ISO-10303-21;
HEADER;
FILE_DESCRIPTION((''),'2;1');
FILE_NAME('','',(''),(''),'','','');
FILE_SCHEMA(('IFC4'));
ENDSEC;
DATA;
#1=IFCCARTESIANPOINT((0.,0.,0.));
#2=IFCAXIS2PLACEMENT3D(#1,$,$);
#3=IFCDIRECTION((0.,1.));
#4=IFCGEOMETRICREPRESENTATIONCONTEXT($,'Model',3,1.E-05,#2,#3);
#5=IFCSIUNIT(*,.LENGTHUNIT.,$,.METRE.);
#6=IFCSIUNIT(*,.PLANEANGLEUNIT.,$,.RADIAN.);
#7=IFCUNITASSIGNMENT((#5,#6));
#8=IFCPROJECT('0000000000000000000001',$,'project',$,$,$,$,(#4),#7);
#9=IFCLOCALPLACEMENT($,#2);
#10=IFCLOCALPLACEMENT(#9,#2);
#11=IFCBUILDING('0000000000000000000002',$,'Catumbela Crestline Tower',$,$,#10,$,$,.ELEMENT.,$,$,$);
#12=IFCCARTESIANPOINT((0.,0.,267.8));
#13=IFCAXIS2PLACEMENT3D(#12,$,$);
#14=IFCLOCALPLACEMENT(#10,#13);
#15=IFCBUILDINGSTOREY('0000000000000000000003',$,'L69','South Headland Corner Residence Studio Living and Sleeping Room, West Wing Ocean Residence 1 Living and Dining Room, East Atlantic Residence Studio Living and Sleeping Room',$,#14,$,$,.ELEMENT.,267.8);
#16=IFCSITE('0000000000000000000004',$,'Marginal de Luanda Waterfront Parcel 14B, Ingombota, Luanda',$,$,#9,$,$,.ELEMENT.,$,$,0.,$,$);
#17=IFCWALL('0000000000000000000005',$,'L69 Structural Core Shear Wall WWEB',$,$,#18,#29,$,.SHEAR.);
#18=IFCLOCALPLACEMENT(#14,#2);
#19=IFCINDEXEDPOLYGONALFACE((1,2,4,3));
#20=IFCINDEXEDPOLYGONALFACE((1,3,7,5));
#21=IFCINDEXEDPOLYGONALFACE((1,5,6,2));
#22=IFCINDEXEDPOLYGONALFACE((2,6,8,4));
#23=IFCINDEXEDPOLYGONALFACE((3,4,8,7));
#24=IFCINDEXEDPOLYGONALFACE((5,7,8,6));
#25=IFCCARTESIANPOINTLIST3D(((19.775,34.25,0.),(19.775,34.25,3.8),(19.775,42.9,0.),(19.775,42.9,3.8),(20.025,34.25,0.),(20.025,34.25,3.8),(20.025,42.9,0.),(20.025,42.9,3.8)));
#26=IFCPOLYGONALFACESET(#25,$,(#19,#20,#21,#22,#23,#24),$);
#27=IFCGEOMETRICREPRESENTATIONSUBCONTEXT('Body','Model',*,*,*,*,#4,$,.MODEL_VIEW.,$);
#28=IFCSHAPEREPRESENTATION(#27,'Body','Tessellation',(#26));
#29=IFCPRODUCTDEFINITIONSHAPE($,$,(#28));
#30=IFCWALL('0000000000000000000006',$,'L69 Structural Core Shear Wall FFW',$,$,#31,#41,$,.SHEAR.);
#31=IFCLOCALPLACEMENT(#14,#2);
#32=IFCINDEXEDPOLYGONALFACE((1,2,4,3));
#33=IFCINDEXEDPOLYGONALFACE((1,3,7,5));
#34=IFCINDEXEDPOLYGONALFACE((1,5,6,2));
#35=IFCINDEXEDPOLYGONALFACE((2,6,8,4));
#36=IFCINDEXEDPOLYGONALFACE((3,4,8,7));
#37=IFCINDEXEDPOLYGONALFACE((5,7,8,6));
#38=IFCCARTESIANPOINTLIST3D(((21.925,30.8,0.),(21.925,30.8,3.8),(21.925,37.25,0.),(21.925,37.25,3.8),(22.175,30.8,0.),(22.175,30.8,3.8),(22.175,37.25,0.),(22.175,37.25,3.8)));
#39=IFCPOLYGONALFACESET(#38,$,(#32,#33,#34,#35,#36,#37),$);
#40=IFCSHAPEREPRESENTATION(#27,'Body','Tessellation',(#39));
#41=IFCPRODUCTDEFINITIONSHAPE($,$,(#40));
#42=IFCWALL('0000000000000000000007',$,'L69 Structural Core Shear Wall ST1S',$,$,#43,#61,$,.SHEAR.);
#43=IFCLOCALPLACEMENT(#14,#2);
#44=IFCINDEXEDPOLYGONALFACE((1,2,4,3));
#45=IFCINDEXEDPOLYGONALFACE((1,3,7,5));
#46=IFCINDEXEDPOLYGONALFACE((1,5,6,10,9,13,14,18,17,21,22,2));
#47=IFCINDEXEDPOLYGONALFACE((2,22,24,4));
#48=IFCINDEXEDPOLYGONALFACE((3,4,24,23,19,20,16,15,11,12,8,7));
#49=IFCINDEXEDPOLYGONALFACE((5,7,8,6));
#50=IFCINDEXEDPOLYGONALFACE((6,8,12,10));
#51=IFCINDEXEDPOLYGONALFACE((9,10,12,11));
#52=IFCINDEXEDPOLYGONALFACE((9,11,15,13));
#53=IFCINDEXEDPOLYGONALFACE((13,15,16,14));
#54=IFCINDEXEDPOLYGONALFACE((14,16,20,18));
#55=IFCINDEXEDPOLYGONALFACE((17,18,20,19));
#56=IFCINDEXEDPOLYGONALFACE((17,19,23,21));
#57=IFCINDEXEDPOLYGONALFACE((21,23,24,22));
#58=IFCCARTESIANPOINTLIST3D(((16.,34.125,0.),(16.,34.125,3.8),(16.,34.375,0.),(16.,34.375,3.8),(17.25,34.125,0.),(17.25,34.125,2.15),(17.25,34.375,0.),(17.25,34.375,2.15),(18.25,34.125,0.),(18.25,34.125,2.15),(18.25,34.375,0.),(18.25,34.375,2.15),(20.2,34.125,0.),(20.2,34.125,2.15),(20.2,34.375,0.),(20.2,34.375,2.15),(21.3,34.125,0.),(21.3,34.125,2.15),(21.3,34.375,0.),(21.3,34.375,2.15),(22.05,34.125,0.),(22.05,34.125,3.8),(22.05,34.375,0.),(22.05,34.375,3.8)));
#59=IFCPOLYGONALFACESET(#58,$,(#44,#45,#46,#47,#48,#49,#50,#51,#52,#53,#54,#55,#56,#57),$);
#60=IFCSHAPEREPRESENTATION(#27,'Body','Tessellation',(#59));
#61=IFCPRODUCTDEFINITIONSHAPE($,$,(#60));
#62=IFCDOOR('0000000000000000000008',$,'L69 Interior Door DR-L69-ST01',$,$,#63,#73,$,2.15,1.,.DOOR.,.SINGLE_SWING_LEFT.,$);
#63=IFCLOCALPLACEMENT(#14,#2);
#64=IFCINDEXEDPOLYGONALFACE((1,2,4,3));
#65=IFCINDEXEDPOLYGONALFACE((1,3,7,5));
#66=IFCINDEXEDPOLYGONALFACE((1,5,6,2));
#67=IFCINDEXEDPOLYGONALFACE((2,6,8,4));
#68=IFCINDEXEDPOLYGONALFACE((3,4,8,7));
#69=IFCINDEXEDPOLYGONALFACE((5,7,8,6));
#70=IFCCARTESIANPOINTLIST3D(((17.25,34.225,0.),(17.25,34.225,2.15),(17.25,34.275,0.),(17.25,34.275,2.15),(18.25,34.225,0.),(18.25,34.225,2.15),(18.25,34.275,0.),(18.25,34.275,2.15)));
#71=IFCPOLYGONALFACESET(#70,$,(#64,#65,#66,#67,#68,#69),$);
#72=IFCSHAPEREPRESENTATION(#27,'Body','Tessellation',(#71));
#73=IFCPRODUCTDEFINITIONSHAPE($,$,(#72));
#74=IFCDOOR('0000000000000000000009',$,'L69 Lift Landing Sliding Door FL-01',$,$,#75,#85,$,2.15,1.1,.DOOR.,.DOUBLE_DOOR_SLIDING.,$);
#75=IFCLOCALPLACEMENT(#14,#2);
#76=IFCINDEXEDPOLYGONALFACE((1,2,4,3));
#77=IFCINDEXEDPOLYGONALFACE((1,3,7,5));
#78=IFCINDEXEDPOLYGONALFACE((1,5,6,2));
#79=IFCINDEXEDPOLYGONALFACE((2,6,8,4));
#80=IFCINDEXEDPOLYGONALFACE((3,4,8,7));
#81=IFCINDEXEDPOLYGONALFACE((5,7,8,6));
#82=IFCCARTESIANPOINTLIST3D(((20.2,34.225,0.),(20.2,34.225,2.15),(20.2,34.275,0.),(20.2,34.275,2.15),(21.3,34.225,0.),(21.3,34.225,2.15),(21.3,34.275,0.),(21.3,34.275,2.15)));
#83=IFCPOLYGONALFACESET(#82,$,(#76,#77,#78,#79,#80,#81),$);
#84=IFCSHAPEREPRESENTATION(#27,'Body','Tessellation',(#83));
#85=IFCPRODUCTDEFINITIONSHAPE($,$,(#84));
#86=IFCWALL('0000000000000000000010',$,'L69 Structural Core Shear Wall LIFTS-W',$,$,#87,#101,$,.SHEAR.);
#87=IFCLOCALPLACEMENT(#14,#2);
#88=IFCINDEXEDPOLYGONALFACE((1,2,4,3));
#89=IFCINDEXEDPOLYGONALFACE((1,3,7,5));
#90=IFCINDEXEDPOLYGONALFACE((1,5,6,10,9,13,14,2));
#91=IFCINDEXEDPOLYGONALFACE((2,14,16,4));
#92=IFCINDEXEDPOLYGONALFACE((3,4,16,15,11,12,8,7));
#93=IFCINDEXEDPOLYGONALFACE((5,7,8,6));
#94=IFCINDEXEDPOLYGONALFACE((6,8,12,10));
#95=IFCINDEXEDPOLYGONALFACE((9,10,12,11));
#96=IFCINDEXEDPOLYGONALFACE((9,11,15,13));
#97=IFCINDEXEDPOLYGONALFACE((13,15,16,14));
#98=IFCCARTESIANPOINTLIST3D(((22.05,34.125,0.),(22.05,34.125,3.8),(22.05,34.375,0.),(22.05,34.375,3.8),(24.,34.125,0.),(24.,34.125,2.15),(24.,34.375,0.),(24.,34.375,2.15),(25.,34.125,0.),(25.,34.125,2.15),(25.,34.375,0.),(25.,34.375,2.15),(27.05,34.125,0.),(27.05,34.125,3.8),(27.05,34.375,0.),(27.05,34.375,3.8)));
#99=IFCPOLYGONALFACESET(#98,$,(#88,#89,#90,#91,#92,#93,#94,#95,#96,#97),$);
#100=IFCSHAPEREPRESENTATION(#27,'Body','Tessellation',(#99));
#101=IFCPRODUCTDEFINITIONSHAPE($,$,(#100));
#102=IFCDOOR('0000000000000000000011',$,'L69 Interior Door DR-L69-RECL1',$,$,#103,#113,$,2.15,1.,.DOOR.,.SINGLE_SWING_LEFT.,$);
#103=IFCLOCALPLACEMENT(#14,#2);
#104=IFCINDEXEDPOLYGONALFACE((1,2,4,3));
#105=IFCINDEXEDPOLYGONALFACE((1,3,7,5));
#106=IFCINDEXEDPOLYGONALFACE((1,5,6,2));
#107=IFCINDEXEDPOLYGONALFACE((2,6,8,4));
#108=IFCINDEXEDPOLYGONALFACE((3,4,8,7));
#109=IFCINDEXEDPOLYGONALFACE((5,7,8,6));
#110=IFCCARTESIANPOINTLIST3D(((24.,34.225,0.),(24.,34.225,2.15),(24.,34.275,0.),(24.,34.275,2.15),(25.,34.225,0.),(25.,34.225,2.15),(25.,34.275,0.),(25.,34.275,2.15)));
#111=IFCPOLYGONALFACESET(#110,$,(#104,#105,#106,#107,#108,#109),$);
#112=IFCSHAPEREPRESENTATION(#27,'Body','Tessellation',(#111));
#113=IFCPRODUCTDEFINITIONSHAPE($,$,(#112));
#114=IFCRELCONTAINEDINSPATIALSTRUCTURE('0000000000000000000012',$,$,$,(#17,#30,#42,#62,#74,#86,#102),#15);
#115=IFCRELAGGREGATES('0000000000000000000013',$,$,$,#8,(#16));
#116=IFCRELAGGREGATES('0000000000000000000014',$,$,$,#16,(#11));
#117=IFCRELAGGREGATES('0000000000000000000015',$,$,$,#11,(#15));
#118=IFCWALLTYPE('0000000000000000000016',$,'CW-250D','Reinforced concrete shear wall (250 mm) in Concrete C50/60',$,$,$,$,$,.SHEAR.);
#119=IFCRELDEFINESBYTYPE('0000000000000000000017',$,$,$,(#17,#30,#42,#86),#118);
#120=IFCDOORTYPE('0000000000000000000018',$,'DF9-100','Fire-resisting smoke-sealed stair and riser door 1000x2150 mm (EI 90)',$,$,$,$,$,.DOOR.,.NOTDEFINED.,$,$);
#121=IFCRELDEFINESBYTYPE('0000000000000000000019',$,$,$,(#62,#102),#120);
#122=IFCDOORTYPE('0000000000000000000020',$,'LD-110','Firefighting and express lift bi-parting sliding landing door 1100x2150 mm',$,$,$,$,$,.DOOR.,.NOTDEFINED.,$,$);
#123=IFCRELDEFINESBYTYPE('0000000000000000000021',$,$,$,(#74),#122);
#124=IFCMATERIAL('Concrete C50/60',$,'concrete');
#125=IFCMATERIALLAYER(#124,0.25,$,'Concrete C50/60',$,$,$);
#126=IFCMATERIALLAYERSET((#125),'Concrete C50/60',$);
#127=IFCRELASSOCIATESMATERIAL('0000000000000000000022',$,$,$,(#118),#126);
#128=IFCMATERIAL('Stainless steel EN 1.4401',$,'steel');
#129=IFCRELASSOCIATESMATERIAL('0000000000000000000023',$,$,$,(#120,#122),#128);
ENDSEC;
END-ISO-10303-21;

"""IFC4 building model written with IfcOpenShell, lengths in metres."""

from ifc_helpers import new_model, si_unit, direction, frame, frame_2d, origin, place, context, subcontext, project, spatial, rectangle, extrude, material, layer, layer_set, type_object, element, fill, save


model = new_model("IFC4")

# Units and contexts
model_context = context("Model", 3, precision=1e-05, world=origin(), true_north=direction((0.0, 1.0)))
body_context = subcontext(model_context, "Body", "Model", "MODEL_VIEW")
ifc_project = project(units=[si_unit("LENGTHUNIT", "METRE"), si_unit("PLANEANGLEUNIT", "RADIAN")], contexts=[model_context])

# Site, building, storey
site_placement = place(None, origin())
site = spatial("IfcSite", under=ifc_project, at=site_placement, Name="Marginal de Luanda Waterfront Parcel 14B, Ingombota, Luanda", CompositionType="ELEMENT", RefElevation=0.0)
building_placement = place(site_placement, origin())
building = spatial("IfcBuilding", under=site, at=building_placement, Name="Catumbela Crestline Tower", CompositionType="ELEMENT")
storey_placement = place(building_placement, frame((0.0, 0.0, 267.8)))
storey = spatial("IfcBuildingStorey", under=building, at=storey_placement, Name="L69", Description="South Headland Corner Residence Studio Living and Sleeping Room, West Wing Ocean Residence 1 Living and Dining Room, East Atlantic Residence Studio Living and Sleeping Room", CompositionType="ELEMENT", Elevation=267.8)

# Walls
ifc_material_1 = material(Name="Concrete C50/60", Category="concrete")
ifc_layer = layer(ifc_material_1, 0.25, Name="Concrete C50/60")
ifc_layer_set = layer_set([ifc_layer], Name="Concrete C50/60")
wall_type = type_object("IfcWallType", Name="CW-250D", Description="Reinforced concrete shear wall (250 mm) in Concrete C50/60", PredefinedType="SHEAR", material=ifc_layer_set)
wall_1_placement = place(storey_placement, frame((19.9, 34.25, 0.0), z_axis=(0.0, 0.0, 1.0), x_axis=(0.0, 1.0, 0.0)))
element("IfcWall", 1, at=wall_1_placement, inside=storey, type_object=wall_type, Name="L69 Structural Core Shear Wall WWEB", PredefinedType="SHEAR", context=body_context, shape_type="SweptSolid", body=[
    extrude(rectangle(XDim=8.65, YDim=0.25, at=frame_2d((4.325, 0.0))), origin(), (0.0, 0.0, 1.0), 3.8),
])
wall_2_placement = place(storey_placement, frame((22.05, 30.8, 0.0), z_axis=(0.0, 0.0, 1.0), x_axis=(0.0, 1.0, 0.0)))
element("IfcWall", 2, at=wall_2_placement, inside=storey, type_object=wall_type, Name="L69 Structural Core Shear Wall FFW", PredefinedType="SHEAR", context=body_context, shape_type="SweptSolid", body=[
    extrude(rectangle(XDim=6.45, YDim=0.25, at=frame_2d((3.225, 0.0))), origin(), (0.0, 0.0, 1.0), 3.8),
])

# Wall, openings, doors
wall_3_placement = place(storey_placement, frame((16.0, 34.25, 0.0), z_axis=(0.0, 0.0, 1.0), x_axis=(1.0, 0.0, 0.0)))
wall_3 = element("IfcWall", 3, at=wall_3_placement, inside=storey, type_object=wall_type, Name="L69 Structural Core Shear Wall ST1S", PredefinedType="SHEAR", context=body_context, shape_type="SweptSolid", body=[
    extrude(rectangle(XDim=6.05, YDim=0.25, at=frame_2d((3.025, 0.0))), origin(), (0.0, 0.0, 1.0), 3.8),
])
opening_1_placement = place(wall_3_placement, frame((1.25, 0.0, 0.0)))
opening_1 = element("IfcOpeningElement", 4, at=opening_1_placement, cuts=wall_3, PredefinedType="OPENING", context=body_context, shape_type="SweptSolid", body=[
    extrude(rectangle(XDim=1.0, YDim=2.15, at=frame_2d((0.5, 1.075))), frame((0.0, 0.135, 0.0), z_axis=(0.0, -1.0, 0.0), x_axis=(1.0, 0.0, 0.0)), (0.0, 0.0, 1.0), 0.27),
])
opening_2_placement = place(wall_3_placement, frame((4.2, 0.0, 0.0)))
opening_2 = element("IfcOpeningElement", 5, at=opening_2_placement, cuts=wall_3, PredefinedType="OPENING", context=body_context, shape_type="SweptSolid", body=[
    extrude(rectangle(XDim=1.1, YDim=2.15, at=frame_2d((0.55, 1.075))), frame((0.0, 0.135, 0.0), z_axis=(0.0, -1.0, 0.0), x_axis=(1.0, 0.0, 0.0)), (0.0, 0.0, 1.0), 0.27),
])
ifc_material_2 = material(Name="Stainless steel EN 1.4401", Category="steel")
door_type_1 = type_object("IfcDoorType", Name="DF9-100", Description="Fire-resisting smoke-sealed stair and riser door 1000x2150 mm (EI 90)", OperationType="NOTDEFINED", PredefinedType="DOOR", material=ifc_material_2)
door_1_placement = place(opening_1_placement, origin())
door_1 = element("IfcDoor", 6, at=door_1_placement, inside=storey, type_object=door_type_1, Name="L69 Interior Door DR-L69-ST01", OperationType="SINGLE_SWING_LEFT", OverallHeight=2.15, OverallWidth=1.0, PredefinedType="DOOR", context=body_context, shape_type="SweptSolid", body=[
    extrude(rectangle(XDim=1.0, YDim=2.15, at=frame_2d((0.5, 1.075))), frame((0.0, 0.025, 0.0), z_axis=(0.0, -1.0, 0.0), x_axis=(1.0, 0.0, 0.0)), (0.0, 0.0, 1.0), 0.05),
])
fill(opening_1, door_1)
door_type_2 = type_object("IfcDoorType", Name="LD-110", Description="Firefighting and express lift bi-parting sliding landing door 1100x2150 mm", OperationType="NOTDEFINED", PredefinedType="DOOR", material=ifc_material_2)
door_2_placement = place(opening_2_placement, origin())
door_2 = element("IfcDoor", 7, at=door_2_placement, inside=storey, type_object=door_type_2, Name="L69 Lift Landing Sliding Door FL-01", OperationType="DOUBLE_DOOR_SLIDING", OverallHeight=2.15, OverallWidth=1.1, PredefinedType="DOOR", context=body_context, shape_type="SweptSolid", body=[
    extrude(rectangle(XDim=1.1, YDim=2.15, at=frame_2d((0.55, 1.075))), frame((0.0, 0.025, 0.0), z_axis=(0.0, -1.0, 0.0), x_axis=(1.0, 0.0, 0.0)), (0.0, 0.0, 1.0), 0.05),
])
fill(opening_2, door_2)

# Wall, opening, door
wall_4_placement = place(storey_placement, frame((22.05, 34.25, 0.0), z_axis=(0.0, 0.0, 1.0), x_axis=(1.0, 0.0, 0.0)))
wall_4 = element("IfcWall", 8, at=wall_4_placement, inside=storey, type_object=wall_type, Name="L69 Structural Core Shear Wall LIFTS-W", PredefinedType="SHEAR", context=body_context, shape_type="SweptSolid", body=[
    extrude(rectangle(XDim=5.0, YDim=0.25, at=frame_2d((2.5, 0.0))), origin(), (0.0, 0.0, 1.0), 3.8),
])
opening_3_placement = place(wall_4_placement, frame((1.95, 0.0, 0.0)))
opening_3 = element("IfcOpeningElement", 9, at=opening_3_placement, cuts=wall_4, PredefinedType="OPENING", context=body_context, shape_type="SweptSolid", body=[
    extrude(rectangle(XDim=1.0, YDim=2.15, at=frame_2d((0.5, 1.075))), frame((0.0, 0.135, 0.0), z_axis=(0.0, -1.0, 0.0), x_axis=(1.0, 0.0, 0.0)), (0.0, 0.0, 1.0), 0.27),
])
door_3_placement = place(opening_3_placement, origin())
door_3 = element("IfcDoor", 10, at=door_3_placement, inside=storey, type_object=door_type_1, Name="L69 Interior Door DR-L69-RECL1", OperationType="SINGLE_SWING_LEFT", OverallHeight=2.15, OverallWidth=1.0, PredefinedType="DOOR", context=body_context, shape_type="SweptSolid", body=[
    extrude(rectangle(XDim=1.0, YDim=2.15, at=frame_2d((0.5, 1.075))), frame((0.0, 0.025, 0.0), z_axis=(0.0, -1.0, 0.0), x_axis=(1.0, 0.0, 0.0)), (0.0, 0.0, 1.0), 0.05),
])
fill(opening_3, door_3)

save(model, "model.ifc")
